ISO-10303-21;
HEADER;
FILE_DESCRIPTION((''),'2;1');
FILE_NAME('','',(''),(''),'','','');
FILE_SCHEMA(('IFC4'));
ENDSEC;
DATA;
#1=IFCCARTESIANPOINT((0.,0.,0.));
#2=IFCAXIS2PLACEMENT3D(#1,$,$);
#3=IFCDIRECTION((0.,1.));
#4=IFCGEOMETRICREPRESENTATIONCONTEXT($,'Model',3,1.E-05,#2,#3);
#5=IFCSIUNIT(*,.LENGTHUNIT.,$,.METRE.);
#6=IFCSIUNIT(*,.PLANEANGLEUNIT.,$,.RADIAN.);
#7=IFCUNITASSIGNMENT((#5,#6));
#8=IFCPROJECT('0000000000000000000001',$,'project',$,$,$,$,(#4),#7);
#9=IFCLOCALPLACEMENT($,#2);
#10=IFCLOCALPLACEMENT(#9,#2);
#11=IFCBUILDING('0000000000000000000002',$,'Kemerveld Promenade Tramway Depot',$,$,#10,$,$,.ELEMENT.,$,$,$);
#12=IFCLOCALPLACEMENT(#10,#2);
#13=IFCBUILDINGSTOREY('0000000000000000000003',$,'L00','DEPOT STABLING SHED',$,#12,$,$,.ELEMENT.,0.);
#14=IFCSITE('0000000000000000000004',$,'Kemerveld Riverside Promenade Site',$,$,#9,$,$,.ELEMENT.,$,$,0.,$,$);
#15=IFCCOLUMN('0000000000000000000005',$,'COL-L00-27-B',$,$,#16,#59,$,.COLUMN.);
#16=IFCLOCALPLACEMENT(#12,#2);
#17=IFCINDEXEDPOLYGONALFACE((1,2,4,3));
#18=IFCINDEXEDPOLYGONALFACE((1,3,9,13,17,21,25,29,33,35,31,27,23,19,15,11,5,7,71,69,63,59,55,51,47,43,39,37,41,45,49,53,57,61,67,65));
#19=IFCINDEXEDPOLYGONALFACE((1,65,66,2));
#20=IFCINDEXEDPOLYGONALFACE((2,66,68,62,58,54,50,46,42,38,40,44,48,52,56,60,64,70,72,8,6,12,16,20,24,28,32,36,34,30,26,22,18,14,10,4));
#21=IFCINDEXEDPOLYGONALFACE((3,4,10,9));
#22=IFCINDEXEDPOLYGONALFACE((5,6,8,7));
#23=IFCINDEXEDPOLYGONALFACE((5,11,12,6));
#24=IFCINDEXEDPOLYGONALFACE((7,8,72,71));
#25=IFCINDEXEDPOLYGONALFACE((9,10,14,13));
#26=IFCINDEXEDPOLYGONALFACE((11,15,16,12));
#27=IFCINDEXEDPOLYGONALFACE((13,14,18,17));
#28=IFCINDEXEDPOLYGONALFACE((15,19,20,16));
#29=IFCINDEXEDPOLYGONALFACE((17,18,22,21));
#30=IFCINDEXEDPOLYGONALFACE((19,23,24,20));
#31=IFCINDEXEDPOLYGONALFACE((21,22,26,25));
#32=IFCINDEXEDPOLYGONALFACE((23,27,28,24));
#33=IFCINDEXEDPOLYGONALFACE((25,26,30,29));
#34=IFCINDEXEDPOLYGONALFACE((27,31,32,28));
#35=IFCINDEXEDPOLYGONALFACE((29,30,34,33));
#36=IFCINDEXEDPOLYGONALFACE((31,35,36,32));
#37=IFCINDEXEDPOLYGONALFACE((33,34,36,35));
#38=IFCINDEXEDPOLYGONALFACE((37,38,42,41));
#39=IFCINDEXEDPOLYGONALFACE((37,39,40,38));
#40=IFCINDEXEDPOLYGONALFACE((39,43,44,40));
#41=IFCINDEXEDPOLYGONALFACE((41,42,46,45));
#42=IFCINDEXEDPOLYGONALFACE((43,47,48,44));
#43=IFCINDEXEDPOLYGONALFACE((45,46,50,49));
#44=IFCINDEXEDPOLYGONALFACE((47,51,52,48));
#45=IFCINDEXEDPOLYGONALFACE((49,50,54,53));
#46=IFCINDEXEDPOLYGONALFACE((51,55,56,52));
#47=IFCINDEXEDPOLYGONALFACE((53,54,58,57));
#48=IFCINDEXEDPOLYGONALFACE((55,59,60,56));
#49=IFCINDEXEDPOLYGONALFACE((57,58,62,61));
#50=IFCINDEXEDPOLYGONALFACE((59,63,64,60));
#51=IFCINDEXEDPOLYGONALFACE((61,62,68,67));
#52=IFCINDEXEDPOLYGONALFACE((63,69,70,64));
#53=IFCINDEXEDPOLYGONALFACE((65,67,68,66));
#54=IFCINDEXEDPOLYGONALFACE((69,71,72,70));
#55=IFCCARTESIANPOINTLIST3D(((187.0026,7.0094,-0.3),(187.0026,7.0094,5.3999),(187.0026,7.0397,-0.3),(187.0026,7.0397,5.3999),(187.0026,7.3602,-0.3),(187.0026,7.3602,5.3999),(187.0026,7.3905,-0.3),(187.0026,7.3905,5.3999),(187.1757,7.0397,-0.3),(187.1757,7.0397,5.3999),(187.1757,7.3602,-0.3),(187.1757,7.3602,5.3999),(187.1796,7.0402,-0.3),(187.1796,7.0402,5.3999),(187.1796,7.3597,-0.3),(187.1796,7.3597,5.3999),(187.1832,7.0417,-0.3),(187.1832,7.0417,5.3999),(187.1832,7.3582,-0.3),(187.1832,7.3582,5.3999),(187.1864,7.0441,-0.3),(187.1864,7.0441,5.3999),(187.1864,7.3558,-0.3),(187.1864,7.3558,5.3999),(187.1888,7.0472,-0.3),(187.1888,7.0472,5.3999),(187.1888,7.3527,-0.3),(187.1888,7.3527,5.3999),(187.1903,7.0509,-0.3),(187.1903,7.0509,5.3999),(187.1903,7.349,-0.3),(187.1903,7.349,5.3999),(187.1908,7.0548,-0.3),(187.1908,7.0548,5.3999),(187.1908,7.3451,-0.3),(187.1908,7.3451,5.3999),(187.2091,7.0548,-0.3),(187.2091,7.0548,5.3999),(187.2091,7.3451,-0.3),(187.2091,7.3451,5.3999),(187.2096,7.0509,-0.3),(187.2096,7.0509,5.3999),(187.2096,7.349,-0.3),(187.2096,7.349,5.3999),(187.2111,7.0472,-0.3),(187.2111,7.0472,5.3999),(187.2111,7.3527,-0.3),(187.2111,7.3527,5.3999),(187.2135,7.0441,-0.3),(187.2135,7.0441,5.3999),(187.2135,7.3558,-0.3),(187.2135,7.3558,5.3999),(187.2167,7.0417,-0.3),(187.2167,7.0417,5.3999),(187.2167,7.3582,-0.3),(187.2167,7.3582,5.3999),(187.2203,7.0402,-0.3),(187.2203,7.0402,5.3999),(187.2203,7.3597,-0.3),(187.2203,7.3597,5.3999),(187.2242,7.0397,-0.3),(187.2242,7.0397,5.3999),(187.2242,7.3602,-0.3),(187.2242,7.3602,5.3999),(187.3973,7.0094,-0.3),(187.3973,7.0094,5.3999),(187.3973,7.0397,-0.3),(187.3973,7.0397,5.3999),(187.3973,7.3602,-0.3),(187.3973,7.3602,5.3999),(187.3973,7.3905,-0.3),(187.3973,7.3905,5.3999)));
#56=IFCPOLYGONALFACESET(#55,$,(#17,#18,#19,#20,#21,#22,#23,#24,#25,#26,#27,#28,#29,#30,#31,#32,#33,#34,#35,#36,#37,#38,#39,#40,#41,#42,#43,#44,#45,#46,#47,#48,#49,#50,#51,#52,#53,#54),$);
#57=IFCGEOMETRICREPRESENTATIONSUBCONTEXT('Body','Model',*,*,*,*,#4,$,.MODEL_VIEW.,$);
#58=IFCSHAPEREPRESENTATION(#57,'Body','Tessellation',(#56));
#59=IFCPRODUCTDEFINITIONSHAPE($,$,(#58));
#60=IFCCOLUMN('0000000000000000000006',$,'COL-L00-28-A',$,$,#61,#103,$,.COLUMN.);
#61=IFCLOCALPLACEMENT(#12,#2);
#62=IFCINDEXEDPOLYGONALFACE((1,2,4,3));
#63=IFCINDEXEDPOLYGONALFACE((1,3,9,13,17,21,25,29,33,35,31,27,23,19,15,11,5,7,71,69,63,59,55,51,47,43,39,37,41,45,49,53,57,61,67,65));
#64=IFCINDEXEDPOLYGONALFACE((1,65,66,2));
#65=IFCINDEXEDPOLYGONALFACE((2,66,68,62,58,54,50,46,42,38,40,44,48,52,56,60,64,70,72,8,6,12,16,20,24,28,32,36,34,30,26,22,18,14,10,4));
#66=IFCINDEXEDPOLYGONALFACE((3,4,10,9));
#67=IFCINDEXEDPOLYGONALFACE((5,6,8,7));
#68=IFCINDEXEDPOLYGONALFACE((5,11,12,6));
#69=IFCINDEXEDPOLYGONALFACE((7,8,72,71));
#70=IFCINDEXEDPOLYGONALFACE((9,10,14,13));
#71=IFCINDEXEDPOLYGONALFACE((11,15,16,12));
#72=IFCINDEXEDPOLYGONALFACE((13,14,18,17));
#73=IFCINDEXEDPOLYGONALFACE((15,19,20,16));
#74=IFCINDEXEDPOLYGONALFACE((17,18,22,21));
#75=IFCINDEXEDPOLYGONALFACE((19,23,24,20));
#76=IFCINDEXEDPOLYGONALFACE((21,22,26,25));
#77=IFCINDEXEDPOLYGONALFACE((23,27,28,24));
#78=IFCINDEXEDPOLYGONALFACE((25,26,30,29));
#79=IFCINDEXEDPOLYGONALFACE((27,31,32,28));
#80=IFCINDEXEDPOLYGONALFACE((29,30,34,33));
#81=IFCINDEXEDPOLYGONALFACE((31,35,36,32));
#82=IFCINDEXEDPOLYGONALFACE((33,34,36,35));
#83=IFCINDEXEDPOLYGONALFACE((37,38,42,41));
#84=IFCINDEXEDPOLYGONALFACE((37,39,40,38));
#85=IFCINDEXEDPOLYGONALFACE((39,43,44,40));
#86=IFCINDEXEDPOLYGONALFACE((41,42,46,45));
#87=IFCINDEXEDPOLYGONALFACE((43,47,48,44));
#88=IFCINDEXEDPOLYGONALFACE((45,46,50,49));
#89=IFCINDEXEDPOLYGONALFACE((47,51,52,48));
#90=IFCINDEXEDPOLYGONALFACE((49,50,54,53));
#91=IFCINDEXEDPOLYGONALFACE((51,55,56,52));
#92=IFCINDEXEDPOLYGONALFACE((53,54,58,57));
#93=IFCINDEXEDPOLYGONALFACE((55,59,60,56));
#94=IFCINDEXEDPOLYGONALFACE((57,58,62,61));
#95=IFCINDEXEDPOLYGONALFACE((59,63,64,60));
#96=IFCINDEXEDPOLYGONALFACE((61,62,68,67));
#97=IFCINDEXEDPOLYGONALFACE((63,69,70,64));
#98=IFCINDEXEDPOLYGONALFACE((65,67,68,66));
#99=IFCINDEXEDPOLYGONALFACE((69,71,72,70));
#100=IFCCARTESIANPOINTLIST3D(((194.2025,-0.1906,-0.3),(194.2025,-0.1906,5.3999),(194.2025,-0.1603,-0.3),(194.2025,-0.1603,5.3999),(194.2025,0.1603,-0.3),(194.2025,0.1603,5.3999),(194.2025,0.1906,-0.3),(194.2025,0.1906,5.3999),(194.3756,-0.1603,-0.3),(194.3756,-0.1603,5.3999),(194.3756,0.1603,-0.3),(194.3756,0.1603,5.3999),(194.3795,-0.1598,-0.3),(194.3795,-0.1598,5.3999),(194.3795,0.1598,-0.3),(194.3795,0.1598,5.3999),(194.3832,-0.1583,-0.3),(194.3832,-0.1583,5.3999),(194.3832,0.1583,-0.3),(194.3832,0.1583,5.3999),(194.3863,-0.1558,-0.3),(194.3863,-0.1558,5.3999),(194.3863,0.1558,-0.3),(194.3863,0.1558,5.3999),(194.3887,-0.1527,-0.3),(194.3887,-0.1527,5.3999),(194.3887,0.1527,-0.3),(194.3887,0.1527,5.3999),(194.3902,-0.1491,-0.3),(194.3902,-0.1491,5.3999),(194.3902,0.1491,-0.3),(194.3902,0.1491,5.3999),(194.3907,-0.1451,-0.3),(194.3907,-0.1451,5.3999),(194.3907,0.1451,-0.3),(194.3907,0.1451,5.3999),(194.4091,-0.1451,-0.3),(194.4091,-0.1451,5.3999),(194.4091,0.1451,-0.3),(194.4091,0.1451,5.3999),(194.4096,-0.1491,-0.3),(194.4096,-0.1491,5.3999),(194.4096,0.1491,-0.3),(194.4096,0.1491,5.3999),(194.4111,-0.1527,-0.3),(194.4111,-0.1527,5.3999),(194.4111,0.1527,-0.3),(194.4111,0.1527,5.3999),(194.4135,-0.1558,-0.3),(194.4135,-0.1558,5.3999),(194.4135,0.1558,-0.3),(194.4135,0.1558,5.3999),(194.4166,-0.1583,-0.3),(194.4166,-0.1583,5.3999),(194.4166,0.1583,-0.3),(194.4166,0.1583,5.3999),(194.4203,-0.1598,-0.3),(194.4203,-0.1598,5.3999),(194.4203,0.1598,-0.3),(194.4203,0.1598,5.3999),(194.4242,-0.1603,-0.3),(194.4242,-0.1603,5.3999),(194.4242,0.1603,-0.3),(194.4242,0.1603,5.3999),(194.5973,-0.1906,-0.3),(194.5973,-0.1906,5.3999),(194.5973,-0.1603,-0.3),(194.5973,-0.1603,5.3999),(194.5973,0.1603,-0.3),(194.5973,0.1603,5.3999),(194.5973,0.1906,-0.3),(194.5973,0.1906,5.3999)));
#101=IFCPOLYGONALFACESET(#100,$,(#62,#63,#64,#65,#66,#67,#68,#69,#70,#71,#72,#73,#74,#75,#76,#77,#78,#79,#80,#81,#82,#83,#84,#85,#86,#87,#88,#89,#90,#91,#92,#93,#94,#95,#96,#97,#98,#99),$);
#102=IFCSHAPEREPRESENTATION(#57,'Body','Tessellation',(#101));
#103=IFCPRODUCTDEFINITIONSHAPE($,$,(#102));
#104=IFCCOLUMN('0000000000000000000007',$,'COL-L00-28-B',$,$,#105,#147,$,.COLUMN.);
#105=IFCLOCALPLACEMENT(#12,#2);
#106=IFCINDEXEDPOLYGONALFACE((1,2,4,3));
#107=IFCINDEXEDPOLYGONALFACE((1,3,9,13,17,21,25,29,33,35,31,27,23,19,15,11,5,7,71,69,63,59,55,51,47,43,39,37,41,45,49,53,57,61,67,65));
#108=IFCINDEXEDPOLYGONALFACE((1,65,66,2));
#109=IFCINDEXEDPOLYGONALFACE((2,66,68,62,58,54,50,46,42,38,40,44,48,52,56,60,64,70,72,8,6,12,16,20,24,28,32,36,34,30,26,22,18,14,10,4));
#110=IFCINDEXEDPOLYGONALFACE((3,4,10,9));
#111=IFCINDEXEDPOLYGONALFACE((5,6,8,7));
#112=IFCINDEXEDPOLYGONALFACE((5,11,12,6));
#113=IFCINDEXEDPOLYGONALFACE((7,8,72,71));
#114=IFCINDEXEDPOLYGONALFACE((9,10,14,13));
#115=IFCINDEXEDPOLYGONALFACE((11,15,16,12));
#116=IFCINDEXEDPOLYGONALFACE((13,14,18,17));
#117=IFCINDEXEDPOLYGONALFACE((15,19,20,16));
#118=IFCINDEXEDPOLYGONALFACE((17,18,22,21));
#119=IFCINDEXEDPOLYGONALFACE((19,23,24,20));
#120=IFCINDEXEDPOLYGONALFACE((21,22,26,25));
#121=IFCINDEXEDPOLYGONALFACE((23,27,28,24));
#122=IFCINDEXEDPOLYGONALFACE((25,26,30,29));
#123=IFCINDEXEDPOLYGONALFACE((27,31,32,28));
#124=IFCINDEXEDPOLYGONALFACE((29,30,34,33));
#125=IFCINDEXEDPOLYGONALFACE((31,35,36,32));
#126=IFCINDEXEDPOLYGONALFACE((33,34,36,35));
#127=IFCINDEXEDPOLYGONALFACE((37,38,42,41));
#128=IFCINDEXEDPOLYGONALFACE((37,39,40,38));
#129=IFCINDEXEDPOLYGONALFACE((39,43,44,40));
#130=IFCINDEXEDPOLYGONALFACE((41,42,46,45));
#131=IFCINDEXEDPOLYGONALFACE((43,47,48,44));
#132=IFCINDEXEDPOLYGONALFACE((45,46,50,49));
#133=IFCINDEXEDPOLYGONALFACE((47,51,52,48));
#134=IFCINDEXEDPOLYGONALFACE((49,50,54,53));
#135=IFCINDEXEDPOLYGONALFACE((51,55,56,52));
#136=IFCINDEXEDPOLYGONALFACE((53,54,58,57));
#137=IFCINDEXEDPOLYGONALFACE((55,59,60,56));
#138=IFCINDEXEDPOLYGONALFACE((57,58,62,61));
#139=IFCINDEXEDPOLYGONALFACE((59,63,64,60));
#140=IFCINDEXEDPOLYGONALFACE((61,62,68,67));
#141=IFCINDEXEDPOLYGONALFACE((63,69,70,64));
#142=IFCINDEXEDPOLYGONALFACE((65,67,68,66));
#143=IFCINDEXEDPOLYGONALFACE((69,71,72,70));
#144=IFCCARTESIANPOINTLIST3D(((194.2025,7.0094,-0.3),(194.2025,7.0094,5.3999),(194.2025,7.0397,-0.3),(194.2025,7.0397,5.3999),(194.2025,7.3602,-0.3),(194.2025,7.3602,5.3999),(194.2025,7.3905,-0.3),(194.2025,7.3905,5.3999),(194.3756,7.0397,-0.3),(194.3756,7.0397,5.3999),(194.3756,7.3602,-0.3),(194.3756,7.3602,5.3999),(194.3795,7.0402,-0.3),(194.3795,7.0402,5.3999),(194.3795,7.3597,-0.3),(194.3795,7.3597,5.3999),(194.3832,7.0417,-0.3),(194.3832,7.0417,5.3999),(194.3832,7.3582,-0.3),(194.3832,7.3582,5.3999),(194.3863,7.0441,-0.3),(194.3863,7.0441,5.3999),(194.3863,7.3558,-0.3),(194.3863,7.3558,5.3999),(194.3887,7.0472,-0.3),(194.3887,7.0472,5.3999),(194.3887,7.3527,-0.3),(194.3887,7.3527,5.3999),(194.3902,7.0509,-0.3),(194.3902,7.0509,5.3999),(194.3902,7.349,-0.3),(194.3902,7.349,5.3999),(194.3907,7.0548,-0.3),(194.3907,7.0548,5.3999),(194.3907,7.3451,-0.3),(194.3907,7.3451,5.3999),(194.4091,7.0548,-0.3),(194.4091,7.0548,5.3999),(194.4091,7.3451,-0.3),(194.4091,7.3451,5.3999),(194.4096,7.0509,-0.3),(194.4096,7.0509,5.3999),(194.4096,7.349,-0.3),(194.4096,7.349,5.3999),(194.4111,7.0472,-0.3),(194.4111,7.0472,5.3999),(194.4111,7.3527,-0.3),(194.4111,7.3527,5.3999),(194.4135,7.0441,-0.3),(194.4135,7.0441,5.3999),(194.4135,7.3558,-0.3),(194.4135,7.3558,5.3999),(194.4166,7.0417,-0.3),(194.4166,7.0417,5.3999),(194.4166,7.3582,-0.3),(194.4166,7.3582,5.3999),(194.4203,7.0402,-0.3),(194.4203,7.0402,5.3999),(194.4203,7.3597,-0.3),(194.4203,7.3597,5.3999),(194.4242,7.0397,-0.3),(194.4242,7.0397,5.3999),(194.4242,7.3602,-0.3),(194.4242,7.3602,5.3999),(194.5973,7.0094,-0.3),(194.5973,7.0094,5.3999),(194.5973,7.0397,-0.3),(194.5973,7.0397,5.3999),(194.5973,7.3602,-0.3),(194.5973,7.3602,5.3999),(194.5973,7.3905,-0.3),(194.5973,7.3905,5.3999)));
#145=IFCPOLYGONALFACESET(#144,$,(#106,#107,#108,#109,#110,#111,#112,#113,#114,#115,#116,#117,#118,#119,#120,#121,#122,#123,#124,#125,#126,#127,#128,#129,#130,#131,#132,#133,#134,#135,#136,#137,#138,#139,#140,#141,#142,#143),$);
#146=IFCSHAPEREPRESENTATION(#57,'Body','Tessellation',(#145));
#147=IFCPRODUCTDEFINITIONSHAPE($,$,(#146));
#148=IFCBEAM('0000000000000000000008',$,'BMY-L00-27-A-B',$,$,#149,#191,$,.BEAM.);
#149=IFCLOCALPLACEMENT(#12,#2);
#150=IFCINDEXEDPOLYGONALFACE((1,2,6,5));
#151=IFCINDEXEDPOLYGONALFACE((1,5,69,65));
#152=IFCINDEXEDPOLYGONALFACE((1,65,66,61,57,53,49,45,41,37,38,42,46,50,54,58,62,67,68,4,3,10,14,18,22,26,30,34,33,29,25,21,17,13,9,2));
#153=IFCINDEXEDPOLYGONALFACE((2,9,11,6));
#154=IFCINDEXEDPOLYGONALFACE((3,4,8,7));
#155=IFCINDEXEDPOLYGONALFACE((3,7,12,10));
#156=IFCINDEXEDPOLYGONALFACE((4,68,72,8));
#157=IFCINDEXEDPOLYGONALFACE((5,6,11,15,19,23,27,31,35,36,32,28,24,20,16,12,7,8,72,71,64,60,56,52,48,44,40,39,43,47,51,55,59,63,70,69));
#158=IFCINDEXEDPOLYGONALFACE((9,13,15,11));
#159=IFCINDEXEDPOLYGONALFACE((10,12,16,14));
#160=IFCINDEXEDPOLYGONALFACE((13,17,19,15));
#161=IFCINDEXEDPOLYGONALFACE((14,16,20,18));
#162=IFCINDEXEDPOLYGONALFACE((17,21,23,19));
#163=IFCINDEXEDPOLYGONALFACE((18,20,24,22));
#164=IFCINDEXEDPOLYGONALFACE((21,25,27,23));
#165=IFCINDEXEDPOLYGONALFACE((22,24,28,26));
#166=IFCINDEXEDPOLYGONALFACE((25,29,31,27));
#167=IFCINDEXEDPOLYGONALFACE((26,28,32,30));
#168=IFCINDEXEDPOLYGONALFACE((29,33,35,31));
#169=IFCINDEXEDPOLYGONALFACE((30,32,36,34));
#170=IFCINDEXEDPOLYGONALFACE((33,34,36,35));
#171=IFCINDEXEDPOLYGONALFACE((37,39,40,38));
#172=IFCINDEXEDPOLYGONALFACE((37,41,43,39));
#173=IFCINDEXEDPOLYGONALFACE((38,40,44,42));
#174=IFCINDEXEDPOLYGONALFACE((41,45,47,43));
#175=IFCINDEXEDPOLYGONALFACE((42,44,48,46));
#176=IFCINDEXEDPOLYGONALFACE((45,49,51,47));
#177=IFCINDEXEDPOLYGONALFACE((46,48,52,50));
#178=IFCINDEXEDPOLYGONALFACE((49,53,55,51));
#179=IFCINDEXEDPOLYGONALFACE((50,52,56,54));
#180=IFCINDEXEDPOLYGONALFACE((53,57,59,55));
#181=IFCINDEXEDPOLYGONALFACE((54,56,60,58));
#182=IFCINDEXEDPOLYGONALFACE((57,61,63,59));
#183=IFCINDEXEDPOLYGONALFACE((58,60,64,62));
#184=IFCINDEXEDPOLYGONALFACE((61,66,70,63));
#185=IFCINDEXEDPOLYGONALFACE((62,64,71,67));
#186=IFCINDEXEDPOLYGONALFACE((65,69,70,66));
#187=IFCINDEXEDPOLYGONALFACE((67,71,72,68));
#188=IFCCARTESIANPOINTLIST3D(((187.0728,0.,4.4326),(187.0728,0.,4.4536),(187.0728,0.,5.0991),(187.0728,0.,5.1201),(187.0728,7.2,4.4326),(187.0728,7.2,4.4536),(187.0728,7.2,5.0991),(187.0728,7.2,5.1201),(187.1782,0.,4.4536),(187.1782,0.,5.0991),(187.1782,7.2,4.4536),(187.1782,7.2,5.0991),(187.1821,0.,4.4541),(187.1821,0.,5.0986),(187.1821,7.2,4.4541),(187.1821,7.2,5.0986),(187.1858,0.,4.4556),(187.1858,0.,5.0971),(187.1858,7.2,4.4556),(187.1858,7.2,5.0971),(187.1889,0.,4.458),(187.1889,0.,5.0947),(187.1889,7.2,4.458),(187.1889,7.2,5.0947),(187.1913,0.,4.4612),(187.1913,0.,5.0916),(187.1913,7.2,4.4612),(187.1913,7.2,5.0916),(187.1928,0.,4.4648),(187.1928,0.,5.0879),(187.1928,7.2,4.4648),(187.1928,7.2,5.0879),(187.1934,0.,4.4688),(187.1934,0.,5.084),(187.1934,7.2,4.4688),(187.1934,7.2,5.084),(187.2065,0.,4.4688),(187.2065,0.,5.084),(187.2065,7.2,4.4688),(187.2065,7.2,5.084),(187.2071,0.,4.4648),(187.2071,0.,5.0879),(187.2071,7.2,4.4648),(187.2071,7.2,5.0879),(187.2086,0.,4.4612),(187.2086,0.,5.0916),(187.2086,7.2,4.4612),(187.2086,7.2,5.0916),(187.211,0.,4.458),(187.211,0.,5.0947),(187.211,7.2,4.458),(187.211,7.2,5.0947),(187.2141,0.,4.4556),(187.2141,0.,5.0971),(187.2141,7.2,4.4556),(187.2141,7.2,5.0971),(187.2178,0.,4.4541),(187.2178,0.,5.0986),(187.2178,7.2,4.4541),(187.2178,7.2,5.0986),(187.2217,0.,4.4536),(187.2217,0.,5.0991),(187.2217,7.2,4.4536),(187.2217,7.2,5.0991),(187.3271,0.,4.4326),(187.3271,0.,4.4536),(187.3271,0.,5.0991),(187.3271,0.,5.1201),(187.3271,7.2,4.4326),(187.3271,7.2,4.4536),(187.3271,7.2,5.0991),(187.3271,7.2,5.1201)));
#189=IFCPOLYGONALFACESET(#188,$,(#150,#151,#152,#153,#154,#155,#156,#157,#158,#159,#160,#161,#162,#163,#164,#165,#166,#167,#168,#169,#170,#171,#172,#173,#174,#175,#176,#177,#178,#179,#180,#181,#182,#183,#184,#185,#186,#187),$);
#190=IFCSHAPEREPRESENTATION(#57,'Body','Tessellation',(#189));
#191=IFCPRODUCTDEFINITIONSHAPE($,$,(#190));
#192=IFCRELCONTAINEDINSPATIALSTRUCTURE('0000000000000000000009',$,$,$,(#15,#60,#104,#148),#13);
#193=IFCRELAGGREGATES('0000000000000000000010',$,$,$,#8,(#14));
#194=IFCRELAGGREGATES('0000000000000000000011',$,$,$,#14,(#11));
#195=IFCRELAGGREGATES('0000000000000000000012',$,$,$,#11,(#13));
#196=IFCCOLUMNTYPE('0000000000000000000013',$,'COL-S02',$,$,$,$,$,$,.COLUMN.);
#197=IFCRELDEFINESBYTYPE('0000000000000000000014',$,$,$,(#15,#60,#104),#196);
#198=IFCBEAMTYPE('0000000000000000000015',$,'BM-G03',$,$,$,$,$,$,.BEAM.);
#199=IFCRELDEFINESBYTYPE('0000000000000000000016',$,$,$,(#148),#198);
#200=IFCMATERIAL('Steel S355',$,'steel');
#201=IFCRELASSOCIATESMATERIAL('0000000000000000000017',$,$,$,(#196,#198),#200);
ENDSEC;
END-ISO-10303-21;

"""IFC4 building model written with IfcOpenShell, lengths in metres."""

from ifc_helpers import new_model, si_unit, direction, frame, origin, origin_2d, place, context, subcontext, project, spatial, i_section, extrude, material, material_profile, profile_set, type_object, element, save


model = new_model("IFC4")

# Units and contexts
model_context = context("Model", 3, precision=1e-05, world=origin(), true_north=direction((0.0, 1.0)))
body_context = subcontext(model_context, "Body", "Model", "MODEL_VIEW")
ifc_project = project(units=[si_unit("LENGTHUNIT", "METRE"), si_unit("PLANEANGLEUNIT", "RADIAN")], contexts=[model_context])

# Site, building, storey
site_placement = place(None, origin())
site = spatial("IfcSite", under=ifc_project, at=site_placement, Name="Kemerveld Riverside Promenade Site", CompositionType="ELEMENT", RefElevation=0.0)
building_placement = place(site_placement, origin())
building = spatial("IfcBuilding", under=site, at=building_placement, Name="Kemerveld Promenade Tramway Depot", CompositionType="ELEMENT")
storey_placement = place(building_placement, origin())
storey = spatial("IfcBuildingStorey", under=building, at=storey_placement, Name="L00", Description="DEPOT STABLING SHED", CompositionType="ELEMENT", Elevation=0.0)

# Columns
ifc_material_1 = material(Name="Steel S355", Category="steel")
ifc_material_profile_1 = material_profile(ifc_material_1, i_section(OverallWidth=0.3948, OverallDepth=0.3811, WebThickness=0.0183, FlangeThickness=0.0303, FilletRadius=0.0151, at=origin_2d()), Name="356x406x235 UC")
ifc_profile_set_1 = profile_set([ifc_material_profile_1], Name="Steel S355")
column_type = type_object("IfcColumnType", Name="COL-S02", PredefinedType="COLUMN", material=ifc_profile_set_1)
for number, where, z_axis, x_axis, name in (
    (1, (187.2, 7.2, -0.3), (0.0, 0.0, 1.0), (1.0, 0.0, 0.0), "COL-L00-27-B"),
    (2, (194.3999, 0.0, -0.3), (0.0, 0.0, 1.0), (1.0, 0.0, 0.0), "COL-L00-28-A"),
    (3, (194.3999, 7.2, -0.3), (0.0, 0.0, 1.0), (1.0, 0.0, 0.0), "COL-L00-28-B"),
):
    element("IfcColumn", number, at=place(storey_placement, frame(where, z_axis=z_axis, x_axis=x_axis)), inside=storey, type_object=column_type, Name=name, PredefinedType="COLUMN", context=body_context, shape_type="SweptSolid", body=[
        extrude(i_section(OverallWidth=0.3948, OverallDepth=0.3811, WebThickness=0.0183, FlangeThickness=0.0303, FilletRadius=0.0151, at=origin_2d()), origin(), (0.0, 0.0, 1.0), 5.7),
    ])

# Beam
ifc_material_profile_2 = material_profile(ifc_material_1, i_section(OverallWidth=0.2544, OverallDepth=0.6875, WebThickness=0.0132, FlangeThickness=0.021, FilletRadius=0.0151, at=origin_2d()), Name="686x254x152 UB")
ifc_profile_set_2 = profile_set([ifc_material_profile_2], Name="Steel S355")
beam_type_1 = type_object("IfcBeamType", Name="BM-G03", PredefinedType="BEAM", material=ifc_profile_set_2)
for number, where, z_axis, x_axis, name in (
    (4, (187.2, 0.0, 4.7764), (0.0, 1.0, 0.0), (-1.0, 0.0, 0.0), "BMY-L00-27-A-B"),
):
    element("IfcBeam", number, at=place(storey_placement, frame(where, z_axis=z_axis, x_axis=x_axis)), inside=storey, type_object=beam_type_1, Name=name, PredefinedType="BEAM", context=body_context, shape_type="SweptSolid", body=[
        extrude(i_section(OverallWidth=0.2544, OverallDepth=0.6875, WebThickness=0.0132, FlangeThickness=0.021, FilletRadius=0.0151, at=origin_2d()), origin(), (0.0, 0.0, 1.0), 7.2),
    ])

save(model, "model.ifc")
